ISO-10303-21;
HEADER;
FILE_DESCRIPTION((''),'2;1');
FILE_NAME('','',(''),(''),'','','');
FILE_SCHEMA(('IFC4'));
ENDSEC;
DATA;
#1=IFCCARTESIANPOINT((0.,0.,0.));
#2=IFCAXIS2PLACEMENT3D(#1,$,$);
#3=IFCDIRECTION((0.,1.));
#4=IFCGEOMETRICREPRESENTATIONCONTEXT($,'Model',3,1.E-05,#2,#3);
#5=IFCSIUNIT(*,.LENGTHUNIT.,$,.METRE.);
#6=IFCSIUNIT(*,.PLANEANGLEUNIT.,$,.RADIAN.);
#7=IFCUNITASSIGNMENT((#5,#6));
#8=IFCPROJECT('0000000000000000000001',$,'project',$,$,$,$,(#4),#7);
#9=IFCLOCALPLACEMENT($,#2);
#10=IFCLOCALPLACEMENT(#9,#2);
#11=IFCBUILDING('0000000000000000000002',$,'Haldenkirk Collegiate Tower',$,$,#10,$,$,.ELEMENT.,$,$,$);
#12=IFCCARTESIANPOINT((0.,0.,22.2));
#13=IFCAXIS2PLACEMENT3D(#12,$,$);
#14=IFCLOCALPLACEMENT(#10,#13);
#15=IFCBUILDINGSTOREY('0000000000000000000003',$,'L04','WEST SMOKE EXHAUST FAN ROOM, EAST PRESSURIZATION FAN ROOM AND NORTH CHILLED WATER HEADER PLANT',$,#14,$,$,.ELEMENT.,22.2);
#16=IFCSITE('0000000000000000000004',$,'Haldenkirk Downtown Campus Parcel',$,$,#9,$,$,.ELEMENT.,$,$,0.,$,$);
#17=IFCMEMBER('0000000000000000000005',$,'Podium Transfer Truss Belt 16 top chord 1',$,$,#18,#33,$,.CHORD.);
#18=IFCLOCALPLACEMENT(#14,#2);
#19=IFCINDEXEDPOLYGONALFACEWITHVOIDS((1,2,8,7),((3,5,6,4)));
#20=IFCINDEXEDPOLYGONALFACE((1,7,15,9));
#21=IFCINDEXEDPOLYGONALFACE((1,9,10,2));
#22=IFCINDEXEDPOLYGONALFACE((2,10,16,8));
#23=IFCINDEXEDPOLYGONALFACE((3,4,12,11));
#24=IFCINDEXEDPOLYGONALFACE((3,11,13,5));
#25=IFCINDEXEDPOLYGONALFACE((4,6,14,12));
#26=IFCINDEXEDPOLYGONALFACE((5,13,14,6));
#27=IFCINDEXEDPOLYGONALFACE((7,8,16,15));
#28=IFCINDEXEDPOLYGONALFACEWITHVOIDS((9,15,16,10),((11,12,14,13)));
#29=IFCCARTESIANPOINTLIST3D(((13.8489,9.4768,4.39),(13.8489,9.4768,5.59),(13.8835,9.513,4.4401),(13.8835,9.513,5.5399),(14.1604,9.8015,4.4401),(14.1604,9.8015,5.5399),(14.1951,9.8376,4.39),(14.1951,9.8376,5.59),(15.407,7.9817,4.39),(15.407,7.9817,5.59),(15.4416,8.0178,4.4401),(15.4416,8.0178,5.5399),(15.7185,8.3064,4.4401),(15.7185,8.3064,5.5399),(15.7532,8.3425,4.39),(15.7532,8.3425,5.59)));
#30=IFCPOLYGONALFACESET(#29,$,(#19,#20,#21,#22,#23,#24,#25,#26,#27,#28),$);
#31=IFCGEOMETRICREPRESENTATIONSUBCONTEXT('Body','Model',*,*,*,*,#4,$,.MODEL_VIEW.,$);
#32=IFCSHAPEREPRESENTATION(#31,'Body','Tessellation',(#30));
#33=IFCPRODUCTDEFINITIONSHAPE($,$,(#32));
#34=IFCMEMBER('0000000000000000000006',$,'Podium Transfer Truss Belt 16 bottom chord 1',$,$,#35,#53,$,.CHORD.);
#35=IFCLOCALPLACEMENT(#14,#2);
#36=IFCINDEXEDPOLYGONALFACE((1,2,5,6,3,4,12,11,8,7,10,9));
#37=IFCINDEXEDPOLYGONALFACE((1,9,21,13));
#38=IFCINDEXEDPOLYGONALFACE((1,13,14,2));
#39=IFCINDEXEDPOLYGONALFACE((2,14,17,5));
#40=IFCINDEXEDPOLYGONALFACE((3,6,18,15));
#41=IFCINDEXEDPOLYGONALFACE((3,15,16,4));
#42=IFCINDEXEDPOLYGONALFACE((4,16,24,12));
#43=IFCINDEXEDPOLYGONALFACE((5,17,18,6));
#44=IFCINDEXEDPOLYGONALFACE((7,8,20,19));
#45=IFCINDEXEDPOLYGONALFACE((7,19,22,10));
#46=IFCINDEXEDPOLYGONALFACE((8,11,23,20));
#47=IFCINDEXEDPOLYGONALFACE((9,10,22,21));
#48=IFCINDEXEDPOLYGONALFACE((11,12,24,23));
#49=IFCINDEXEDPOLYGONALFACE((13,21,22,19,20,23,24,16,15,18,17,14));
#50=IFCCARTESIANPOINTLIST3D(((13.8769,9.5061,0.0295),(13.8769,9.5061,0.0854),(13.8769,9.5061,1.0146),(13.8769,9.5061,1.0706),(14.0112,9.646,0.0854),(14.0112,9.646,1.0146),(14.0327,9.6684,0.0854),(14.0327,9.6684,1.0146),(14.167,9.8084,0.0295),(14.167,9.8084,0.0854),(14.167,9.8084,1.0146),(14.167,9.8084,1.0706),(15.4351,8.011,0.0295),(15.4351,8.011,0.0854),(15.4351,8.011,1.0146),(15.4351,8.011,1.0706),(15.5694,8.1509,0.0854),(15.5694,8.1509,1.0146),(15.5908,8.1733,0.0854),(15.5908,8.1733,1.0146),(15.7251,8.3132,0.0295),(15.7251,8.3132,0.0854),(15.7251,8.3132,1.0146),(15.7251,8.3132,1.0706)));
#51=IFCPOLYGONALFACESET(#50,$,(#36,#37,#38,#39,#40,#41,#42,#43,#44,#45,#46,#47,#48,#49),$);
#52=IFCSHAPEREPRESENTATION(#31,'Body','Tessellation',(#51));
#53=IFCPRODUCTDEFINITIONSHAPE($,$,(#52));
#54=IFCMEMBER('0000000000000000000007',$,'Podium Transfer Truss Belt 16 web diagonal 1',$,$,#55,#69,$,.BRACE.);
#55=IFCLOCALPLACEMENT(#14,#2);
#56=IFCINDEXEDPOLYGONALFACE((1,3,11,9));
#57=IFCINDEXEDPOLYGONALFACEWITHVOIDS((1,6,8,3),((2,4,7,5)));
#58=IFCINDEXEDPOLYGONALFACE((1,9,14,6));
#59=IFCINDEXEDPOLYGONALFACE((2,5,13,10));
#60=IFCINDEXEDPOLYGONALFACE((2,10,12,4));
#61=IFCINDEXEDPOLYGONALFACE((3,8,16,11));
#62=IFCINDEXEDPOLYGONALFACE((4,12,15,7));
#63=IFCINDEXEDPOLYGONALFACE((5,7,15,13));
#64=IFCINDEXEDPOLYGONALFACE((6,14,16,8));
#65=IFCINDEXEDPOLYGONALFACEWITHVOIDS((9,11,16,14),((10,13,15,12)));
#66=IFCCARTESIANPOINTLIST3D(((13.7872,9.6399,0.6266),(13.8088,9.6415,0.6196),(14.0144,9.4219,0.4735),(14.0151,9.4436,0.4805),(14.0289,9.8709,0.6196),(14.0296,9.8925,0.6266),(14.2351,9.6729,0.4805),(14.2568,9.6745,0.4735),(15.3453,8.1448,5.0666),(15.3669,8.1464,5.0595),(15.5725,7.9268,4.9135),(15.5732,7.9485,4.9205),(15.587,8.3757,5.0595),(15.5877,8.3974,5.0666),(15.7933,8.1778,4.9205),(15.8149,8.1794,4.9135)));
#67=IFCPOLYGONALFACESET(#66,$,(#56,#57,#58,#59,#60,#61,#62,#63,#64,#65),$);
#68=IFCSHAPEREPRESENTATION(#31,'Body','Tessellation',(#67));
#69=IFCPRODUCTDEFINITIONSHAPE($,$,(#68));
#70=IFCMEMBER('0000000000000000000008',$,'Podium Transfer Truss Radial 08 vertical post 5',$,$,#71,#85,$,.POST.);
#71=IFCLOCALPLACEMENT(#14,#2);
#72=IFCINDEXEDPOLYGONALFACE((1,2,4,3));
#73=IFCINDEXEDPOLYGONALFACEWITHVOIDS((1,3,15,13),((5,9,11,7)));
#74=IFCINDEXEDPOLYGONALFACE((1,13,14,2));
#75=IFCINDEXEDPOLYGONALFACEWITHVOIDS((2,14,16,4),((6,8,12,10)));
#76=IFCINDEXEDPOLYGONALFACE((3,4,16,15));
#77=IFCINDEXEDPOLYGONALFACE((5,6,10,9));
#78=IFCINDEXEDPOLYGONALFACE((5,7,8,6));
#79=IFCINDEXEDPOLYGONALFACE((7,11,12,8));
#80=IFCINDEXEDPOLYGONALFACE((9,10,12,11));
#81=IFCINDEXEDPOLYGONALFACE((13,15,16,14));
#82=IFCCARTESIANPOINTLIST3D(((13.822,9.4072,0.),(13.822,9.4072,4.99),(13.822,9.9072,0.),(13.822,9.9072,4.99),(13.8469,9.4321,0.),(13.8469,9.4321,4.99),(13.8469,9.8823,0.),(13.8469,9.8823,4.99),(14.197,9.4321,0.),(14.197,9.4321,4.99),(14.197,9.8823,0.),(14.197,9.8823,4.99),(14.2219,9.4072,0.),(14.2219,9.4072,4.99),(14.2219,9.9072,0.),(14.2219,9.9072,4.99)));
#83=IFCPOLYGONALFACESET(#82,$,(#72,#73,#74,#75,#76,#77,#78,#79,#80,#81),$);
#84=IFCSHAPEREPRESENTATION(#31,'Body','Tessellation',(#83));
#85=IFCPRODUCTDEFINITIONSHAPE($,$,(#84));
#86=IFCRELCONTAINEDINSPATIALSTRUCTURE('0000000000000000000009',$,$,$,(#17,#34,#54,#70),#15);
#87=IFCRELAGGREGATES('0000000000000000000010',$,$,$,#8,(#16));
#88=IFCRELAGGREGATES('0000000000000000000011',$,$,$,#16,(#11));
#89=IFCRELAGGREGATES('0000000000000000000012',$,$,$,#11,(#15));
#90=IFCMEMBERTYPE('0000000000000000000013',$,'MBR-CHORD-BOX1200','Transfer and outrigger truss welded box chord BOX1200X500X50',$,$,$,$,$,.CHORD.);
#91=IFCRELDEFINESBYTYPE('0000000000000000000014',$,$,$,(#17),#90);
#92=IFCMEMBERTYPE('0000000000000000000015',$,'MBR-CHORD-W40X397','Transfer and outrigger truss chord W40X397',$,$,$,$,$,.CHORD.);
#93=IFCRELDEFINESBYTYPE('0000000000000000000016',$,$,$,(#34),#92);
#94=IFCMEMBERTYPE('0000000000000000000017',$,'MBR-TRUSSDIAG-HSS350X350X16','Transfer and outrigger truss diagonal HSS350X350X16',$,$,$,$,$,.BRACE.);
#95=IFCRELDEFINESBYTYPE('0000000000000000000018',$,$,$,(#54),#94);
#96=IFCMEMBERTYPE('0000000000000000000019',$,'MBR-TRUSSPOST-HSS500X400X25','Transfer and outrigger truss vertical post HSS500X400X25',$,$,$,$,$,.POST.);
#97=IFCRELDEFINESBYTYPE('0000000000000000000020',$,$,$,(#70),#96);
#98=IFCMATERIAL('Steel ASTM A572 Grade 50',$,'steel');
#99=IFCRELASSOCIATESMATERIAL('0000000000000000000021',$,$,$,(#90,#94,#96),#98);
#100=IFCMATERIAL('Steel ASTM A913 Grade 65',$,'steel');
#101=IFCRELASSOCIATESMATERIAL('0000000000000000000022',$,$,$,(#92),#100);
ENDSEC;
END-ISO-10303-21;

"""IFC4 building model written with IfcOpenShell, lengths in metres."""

from ifc_helpers import new_model, si_unit, direction, frame, origin, origin_2d, place, context, subcontext, project, spatial, hollow_rectangle, i_section, extrude, material, material_profile, profile_set, type_object, element, save


model = new_model("IFC4")

# Units and contexts
model_context = context("Model", 3, precision=1e-05, world=origin(), true_north=direction((0.0, 1.0)))
body_context = subcontext(model_context, "Body", "Model", "MODEL_VIEW")
ifc_project = project(units=[si_unit("LENGTHUNIT", "METRE"), si_unit("PLANEANGLEUNIT", "RADIAN")], contexts=[model_context])

# Site, building, storey
site_placement = place(None, origin())
site = spatial("IfcSite", under=ifc_project, at=site_placement, Name="Haldenkirk Downtown Campus Parcel", CompositionType="ELEMENT", RefElevation=0.0)
building_placement = place(site_placement, origin())
building = spatial("IfcBuilding", under=site, at=building_placement, Name="Haldenkirk Collegiate Tower", CompositionType="ELEMENT")
storey_placement = place(building_placement, frame((0.0, 0.0, 22.2)))
storey = spatial("IfcBuildingStorey", under=building, at=storey_placement, Name="L04", Description="WEST SMOKE EXHAUST FAN ROOM, EAST PRESSURIZATION FAN ROOM AND NORTH CHILLED WATER HEADER PLANT", CompositionType="ELEMENT", Elevation=22.2)

# Members
ifc_material_1 = material(Name="Steel ASTM A572 Grade 50", Category="steel")
ifc_material_profile_1 = material_profile(ifc_material_1, hollow_rectangle(XDim=0.5, YDim=1.2, WallThickness=0.05, at=origin_2d()), Name="BOX1200X500X50")
ifc_profile_set_1 = profile_set([ifc_material_profile_1], Name="Steel ASTM A572 Grade 50")
member_type_1 = type_object("IfcMemberType", Name="MBR-CHORD-BOX1200", Description="Transfer and outrigger truss welded box chord BOX1200X500X50", PredefinedType="CHORD", material=ifc_profile_set_1)
member_1_placement = place(storey_placement, frame((14.022, 9.6572, 4.99), z_axis=(0.721541, -0.692372, 0.0), x_axis=(0.692372, 0.721541, 0.0)))
element("IfcMember", 1, at=member_1_placement, inside=storey, type_object=member_type_1, Name="Podium Transfer Truss Belt 16 top chord 1", PredefinedType="CHORD", context=body_context, shape_type="SweptSolid", body=[
    extrude(hollow_rectangle(XDim=0.5, YDim=1.2, WallThickness=0.05, at=origin_2d()), origin(), (0.0, 0.0, 1.0), 2.1594),
])
ifc_material_2 = material(Name="Steel ASTM A913 Grade 65", Category="steel")
ifc_material_profile_2 = material_profile(ifc_material_2, i_section(OverallWidth=0.4189, OverallDepth=1.041, WebThickness=0.031, FlangeThickness=0.0559, at=origin_2d()), Name="W40X397")
ifc_profile_set_2 = profile_set([ifc_material_profile_2], Name="Steel ASTM A913 Grade 65")
member_type_2 = type_object("IfcMemberType", Name="MBR-CHORD-W40X397", Description="Transfer and outrigger truss chord W40X397", PredefinedType="CHORD", material=ifc_profile_set_2)
member_2_placement = place(storey_placement, frame((14.022, 9.6572, 0.55), z_axis=(0.721541, -0.692372, 0.0), x_axis=(0.692372, 0.721541, 0.0)))
element("IfcMember", 2, at=member_2_placement, inside=storey, type_object=member_type_2, Name="Podium Transfer Truss Belt 16 bottom chord 1", PredefinedType="CHORD", context=body_context, shape_type="SweptSolid", body=[
    extrude(i_section(OverallWidth=0.4189, OverallDepth=1.041, WebThickness=0.031, FlangeThickness=0.0559, at=origin_2d()), origin(), (0.0, 0.0, 1.0), 2.1594),
])
ifc_material_profile_3 = material_profile(ifc_material_1, hollow_rectangle(XDim=0.3501, YDim=0.3501, WallThickness=0.0161, at=origin_2d()), Name="HSS350X350X16")
ifc_profile_set_3 = profile_set([ifc_material_profile_3], Name="Steel ASTM A572 Grade 50")
member_type_3 = type_object("IfcMemberType", Name="MBR-TRUSSDIAG-HSS350X350X16", Description="Transfer and outrigger truss diagonal HSS350X350X16", PredefinedType="BRACE", material=ifc_profile_set_3)
member_3_placement = place(storey_placement, frame((14.022, 9.6572, 0.55), z_axis=(0.315584, -0.302826, 0.89928), x_axis=(0.692372, 0.721541, 0.0)))
element("IfcMember", 3, at=member_3_placement, inside=storey, type_object=member_type_3, Name="Podium Transfer Truss Belt 16 web diagonal 1", PredefinedType="BRACE", context=body_context, shape_type="SweptSolid", body=[
    extrude(hollow_rectangle(XDim=0.3501, YDim=0.3501, WallThickness=0.0161, at=origin_2d()), origin(), (0.0, 0.0, 1.0), 4.9373),
])
ifc_material_profile_4 = material_profile(ifc_material_1, hollow_rectangle(XDim=0.3999, YDim=0.5, WallThickness=0.0249, at=origin_2d()), Name="HSS500X400X25")
ifc_profile_set_4 = profile_set([ifc_material_profile_4], Name="Steel ASTM A572 Grade 50")
member_type_4 = type_object("IfcMemberType", Name="MBR-TRUSSPOST-HSS500X400X25", Description="Transfer and outrigger truss vertical post HSS500X400X25", PredefinedType="POST", material=ifc_profile_set_4)
member_4_placement = place(storey_placement, frame((14.022, 9.6572, 0.0), z_axis=(0.0, 0.0, 1.0), x_axis=(1.0, 0.0, 0.0)))
element("IfcMember", 4, at=member_4_placement, inside=storey, type_object=member_type_4, Name="Podium Transfer Truss Radial 08 vertical post 5", PredefinedType="POST", context=body_context, shape_type="SweptSolid", body=[
    extrude(hollow_rectangle(XDim=0.3999, YDim=0.5, WallThickness=0.0249, at=origin_2d()), origin(), (0.0, 0.0, 1.0), 4.99),
])

save(model, "model.ifc")
